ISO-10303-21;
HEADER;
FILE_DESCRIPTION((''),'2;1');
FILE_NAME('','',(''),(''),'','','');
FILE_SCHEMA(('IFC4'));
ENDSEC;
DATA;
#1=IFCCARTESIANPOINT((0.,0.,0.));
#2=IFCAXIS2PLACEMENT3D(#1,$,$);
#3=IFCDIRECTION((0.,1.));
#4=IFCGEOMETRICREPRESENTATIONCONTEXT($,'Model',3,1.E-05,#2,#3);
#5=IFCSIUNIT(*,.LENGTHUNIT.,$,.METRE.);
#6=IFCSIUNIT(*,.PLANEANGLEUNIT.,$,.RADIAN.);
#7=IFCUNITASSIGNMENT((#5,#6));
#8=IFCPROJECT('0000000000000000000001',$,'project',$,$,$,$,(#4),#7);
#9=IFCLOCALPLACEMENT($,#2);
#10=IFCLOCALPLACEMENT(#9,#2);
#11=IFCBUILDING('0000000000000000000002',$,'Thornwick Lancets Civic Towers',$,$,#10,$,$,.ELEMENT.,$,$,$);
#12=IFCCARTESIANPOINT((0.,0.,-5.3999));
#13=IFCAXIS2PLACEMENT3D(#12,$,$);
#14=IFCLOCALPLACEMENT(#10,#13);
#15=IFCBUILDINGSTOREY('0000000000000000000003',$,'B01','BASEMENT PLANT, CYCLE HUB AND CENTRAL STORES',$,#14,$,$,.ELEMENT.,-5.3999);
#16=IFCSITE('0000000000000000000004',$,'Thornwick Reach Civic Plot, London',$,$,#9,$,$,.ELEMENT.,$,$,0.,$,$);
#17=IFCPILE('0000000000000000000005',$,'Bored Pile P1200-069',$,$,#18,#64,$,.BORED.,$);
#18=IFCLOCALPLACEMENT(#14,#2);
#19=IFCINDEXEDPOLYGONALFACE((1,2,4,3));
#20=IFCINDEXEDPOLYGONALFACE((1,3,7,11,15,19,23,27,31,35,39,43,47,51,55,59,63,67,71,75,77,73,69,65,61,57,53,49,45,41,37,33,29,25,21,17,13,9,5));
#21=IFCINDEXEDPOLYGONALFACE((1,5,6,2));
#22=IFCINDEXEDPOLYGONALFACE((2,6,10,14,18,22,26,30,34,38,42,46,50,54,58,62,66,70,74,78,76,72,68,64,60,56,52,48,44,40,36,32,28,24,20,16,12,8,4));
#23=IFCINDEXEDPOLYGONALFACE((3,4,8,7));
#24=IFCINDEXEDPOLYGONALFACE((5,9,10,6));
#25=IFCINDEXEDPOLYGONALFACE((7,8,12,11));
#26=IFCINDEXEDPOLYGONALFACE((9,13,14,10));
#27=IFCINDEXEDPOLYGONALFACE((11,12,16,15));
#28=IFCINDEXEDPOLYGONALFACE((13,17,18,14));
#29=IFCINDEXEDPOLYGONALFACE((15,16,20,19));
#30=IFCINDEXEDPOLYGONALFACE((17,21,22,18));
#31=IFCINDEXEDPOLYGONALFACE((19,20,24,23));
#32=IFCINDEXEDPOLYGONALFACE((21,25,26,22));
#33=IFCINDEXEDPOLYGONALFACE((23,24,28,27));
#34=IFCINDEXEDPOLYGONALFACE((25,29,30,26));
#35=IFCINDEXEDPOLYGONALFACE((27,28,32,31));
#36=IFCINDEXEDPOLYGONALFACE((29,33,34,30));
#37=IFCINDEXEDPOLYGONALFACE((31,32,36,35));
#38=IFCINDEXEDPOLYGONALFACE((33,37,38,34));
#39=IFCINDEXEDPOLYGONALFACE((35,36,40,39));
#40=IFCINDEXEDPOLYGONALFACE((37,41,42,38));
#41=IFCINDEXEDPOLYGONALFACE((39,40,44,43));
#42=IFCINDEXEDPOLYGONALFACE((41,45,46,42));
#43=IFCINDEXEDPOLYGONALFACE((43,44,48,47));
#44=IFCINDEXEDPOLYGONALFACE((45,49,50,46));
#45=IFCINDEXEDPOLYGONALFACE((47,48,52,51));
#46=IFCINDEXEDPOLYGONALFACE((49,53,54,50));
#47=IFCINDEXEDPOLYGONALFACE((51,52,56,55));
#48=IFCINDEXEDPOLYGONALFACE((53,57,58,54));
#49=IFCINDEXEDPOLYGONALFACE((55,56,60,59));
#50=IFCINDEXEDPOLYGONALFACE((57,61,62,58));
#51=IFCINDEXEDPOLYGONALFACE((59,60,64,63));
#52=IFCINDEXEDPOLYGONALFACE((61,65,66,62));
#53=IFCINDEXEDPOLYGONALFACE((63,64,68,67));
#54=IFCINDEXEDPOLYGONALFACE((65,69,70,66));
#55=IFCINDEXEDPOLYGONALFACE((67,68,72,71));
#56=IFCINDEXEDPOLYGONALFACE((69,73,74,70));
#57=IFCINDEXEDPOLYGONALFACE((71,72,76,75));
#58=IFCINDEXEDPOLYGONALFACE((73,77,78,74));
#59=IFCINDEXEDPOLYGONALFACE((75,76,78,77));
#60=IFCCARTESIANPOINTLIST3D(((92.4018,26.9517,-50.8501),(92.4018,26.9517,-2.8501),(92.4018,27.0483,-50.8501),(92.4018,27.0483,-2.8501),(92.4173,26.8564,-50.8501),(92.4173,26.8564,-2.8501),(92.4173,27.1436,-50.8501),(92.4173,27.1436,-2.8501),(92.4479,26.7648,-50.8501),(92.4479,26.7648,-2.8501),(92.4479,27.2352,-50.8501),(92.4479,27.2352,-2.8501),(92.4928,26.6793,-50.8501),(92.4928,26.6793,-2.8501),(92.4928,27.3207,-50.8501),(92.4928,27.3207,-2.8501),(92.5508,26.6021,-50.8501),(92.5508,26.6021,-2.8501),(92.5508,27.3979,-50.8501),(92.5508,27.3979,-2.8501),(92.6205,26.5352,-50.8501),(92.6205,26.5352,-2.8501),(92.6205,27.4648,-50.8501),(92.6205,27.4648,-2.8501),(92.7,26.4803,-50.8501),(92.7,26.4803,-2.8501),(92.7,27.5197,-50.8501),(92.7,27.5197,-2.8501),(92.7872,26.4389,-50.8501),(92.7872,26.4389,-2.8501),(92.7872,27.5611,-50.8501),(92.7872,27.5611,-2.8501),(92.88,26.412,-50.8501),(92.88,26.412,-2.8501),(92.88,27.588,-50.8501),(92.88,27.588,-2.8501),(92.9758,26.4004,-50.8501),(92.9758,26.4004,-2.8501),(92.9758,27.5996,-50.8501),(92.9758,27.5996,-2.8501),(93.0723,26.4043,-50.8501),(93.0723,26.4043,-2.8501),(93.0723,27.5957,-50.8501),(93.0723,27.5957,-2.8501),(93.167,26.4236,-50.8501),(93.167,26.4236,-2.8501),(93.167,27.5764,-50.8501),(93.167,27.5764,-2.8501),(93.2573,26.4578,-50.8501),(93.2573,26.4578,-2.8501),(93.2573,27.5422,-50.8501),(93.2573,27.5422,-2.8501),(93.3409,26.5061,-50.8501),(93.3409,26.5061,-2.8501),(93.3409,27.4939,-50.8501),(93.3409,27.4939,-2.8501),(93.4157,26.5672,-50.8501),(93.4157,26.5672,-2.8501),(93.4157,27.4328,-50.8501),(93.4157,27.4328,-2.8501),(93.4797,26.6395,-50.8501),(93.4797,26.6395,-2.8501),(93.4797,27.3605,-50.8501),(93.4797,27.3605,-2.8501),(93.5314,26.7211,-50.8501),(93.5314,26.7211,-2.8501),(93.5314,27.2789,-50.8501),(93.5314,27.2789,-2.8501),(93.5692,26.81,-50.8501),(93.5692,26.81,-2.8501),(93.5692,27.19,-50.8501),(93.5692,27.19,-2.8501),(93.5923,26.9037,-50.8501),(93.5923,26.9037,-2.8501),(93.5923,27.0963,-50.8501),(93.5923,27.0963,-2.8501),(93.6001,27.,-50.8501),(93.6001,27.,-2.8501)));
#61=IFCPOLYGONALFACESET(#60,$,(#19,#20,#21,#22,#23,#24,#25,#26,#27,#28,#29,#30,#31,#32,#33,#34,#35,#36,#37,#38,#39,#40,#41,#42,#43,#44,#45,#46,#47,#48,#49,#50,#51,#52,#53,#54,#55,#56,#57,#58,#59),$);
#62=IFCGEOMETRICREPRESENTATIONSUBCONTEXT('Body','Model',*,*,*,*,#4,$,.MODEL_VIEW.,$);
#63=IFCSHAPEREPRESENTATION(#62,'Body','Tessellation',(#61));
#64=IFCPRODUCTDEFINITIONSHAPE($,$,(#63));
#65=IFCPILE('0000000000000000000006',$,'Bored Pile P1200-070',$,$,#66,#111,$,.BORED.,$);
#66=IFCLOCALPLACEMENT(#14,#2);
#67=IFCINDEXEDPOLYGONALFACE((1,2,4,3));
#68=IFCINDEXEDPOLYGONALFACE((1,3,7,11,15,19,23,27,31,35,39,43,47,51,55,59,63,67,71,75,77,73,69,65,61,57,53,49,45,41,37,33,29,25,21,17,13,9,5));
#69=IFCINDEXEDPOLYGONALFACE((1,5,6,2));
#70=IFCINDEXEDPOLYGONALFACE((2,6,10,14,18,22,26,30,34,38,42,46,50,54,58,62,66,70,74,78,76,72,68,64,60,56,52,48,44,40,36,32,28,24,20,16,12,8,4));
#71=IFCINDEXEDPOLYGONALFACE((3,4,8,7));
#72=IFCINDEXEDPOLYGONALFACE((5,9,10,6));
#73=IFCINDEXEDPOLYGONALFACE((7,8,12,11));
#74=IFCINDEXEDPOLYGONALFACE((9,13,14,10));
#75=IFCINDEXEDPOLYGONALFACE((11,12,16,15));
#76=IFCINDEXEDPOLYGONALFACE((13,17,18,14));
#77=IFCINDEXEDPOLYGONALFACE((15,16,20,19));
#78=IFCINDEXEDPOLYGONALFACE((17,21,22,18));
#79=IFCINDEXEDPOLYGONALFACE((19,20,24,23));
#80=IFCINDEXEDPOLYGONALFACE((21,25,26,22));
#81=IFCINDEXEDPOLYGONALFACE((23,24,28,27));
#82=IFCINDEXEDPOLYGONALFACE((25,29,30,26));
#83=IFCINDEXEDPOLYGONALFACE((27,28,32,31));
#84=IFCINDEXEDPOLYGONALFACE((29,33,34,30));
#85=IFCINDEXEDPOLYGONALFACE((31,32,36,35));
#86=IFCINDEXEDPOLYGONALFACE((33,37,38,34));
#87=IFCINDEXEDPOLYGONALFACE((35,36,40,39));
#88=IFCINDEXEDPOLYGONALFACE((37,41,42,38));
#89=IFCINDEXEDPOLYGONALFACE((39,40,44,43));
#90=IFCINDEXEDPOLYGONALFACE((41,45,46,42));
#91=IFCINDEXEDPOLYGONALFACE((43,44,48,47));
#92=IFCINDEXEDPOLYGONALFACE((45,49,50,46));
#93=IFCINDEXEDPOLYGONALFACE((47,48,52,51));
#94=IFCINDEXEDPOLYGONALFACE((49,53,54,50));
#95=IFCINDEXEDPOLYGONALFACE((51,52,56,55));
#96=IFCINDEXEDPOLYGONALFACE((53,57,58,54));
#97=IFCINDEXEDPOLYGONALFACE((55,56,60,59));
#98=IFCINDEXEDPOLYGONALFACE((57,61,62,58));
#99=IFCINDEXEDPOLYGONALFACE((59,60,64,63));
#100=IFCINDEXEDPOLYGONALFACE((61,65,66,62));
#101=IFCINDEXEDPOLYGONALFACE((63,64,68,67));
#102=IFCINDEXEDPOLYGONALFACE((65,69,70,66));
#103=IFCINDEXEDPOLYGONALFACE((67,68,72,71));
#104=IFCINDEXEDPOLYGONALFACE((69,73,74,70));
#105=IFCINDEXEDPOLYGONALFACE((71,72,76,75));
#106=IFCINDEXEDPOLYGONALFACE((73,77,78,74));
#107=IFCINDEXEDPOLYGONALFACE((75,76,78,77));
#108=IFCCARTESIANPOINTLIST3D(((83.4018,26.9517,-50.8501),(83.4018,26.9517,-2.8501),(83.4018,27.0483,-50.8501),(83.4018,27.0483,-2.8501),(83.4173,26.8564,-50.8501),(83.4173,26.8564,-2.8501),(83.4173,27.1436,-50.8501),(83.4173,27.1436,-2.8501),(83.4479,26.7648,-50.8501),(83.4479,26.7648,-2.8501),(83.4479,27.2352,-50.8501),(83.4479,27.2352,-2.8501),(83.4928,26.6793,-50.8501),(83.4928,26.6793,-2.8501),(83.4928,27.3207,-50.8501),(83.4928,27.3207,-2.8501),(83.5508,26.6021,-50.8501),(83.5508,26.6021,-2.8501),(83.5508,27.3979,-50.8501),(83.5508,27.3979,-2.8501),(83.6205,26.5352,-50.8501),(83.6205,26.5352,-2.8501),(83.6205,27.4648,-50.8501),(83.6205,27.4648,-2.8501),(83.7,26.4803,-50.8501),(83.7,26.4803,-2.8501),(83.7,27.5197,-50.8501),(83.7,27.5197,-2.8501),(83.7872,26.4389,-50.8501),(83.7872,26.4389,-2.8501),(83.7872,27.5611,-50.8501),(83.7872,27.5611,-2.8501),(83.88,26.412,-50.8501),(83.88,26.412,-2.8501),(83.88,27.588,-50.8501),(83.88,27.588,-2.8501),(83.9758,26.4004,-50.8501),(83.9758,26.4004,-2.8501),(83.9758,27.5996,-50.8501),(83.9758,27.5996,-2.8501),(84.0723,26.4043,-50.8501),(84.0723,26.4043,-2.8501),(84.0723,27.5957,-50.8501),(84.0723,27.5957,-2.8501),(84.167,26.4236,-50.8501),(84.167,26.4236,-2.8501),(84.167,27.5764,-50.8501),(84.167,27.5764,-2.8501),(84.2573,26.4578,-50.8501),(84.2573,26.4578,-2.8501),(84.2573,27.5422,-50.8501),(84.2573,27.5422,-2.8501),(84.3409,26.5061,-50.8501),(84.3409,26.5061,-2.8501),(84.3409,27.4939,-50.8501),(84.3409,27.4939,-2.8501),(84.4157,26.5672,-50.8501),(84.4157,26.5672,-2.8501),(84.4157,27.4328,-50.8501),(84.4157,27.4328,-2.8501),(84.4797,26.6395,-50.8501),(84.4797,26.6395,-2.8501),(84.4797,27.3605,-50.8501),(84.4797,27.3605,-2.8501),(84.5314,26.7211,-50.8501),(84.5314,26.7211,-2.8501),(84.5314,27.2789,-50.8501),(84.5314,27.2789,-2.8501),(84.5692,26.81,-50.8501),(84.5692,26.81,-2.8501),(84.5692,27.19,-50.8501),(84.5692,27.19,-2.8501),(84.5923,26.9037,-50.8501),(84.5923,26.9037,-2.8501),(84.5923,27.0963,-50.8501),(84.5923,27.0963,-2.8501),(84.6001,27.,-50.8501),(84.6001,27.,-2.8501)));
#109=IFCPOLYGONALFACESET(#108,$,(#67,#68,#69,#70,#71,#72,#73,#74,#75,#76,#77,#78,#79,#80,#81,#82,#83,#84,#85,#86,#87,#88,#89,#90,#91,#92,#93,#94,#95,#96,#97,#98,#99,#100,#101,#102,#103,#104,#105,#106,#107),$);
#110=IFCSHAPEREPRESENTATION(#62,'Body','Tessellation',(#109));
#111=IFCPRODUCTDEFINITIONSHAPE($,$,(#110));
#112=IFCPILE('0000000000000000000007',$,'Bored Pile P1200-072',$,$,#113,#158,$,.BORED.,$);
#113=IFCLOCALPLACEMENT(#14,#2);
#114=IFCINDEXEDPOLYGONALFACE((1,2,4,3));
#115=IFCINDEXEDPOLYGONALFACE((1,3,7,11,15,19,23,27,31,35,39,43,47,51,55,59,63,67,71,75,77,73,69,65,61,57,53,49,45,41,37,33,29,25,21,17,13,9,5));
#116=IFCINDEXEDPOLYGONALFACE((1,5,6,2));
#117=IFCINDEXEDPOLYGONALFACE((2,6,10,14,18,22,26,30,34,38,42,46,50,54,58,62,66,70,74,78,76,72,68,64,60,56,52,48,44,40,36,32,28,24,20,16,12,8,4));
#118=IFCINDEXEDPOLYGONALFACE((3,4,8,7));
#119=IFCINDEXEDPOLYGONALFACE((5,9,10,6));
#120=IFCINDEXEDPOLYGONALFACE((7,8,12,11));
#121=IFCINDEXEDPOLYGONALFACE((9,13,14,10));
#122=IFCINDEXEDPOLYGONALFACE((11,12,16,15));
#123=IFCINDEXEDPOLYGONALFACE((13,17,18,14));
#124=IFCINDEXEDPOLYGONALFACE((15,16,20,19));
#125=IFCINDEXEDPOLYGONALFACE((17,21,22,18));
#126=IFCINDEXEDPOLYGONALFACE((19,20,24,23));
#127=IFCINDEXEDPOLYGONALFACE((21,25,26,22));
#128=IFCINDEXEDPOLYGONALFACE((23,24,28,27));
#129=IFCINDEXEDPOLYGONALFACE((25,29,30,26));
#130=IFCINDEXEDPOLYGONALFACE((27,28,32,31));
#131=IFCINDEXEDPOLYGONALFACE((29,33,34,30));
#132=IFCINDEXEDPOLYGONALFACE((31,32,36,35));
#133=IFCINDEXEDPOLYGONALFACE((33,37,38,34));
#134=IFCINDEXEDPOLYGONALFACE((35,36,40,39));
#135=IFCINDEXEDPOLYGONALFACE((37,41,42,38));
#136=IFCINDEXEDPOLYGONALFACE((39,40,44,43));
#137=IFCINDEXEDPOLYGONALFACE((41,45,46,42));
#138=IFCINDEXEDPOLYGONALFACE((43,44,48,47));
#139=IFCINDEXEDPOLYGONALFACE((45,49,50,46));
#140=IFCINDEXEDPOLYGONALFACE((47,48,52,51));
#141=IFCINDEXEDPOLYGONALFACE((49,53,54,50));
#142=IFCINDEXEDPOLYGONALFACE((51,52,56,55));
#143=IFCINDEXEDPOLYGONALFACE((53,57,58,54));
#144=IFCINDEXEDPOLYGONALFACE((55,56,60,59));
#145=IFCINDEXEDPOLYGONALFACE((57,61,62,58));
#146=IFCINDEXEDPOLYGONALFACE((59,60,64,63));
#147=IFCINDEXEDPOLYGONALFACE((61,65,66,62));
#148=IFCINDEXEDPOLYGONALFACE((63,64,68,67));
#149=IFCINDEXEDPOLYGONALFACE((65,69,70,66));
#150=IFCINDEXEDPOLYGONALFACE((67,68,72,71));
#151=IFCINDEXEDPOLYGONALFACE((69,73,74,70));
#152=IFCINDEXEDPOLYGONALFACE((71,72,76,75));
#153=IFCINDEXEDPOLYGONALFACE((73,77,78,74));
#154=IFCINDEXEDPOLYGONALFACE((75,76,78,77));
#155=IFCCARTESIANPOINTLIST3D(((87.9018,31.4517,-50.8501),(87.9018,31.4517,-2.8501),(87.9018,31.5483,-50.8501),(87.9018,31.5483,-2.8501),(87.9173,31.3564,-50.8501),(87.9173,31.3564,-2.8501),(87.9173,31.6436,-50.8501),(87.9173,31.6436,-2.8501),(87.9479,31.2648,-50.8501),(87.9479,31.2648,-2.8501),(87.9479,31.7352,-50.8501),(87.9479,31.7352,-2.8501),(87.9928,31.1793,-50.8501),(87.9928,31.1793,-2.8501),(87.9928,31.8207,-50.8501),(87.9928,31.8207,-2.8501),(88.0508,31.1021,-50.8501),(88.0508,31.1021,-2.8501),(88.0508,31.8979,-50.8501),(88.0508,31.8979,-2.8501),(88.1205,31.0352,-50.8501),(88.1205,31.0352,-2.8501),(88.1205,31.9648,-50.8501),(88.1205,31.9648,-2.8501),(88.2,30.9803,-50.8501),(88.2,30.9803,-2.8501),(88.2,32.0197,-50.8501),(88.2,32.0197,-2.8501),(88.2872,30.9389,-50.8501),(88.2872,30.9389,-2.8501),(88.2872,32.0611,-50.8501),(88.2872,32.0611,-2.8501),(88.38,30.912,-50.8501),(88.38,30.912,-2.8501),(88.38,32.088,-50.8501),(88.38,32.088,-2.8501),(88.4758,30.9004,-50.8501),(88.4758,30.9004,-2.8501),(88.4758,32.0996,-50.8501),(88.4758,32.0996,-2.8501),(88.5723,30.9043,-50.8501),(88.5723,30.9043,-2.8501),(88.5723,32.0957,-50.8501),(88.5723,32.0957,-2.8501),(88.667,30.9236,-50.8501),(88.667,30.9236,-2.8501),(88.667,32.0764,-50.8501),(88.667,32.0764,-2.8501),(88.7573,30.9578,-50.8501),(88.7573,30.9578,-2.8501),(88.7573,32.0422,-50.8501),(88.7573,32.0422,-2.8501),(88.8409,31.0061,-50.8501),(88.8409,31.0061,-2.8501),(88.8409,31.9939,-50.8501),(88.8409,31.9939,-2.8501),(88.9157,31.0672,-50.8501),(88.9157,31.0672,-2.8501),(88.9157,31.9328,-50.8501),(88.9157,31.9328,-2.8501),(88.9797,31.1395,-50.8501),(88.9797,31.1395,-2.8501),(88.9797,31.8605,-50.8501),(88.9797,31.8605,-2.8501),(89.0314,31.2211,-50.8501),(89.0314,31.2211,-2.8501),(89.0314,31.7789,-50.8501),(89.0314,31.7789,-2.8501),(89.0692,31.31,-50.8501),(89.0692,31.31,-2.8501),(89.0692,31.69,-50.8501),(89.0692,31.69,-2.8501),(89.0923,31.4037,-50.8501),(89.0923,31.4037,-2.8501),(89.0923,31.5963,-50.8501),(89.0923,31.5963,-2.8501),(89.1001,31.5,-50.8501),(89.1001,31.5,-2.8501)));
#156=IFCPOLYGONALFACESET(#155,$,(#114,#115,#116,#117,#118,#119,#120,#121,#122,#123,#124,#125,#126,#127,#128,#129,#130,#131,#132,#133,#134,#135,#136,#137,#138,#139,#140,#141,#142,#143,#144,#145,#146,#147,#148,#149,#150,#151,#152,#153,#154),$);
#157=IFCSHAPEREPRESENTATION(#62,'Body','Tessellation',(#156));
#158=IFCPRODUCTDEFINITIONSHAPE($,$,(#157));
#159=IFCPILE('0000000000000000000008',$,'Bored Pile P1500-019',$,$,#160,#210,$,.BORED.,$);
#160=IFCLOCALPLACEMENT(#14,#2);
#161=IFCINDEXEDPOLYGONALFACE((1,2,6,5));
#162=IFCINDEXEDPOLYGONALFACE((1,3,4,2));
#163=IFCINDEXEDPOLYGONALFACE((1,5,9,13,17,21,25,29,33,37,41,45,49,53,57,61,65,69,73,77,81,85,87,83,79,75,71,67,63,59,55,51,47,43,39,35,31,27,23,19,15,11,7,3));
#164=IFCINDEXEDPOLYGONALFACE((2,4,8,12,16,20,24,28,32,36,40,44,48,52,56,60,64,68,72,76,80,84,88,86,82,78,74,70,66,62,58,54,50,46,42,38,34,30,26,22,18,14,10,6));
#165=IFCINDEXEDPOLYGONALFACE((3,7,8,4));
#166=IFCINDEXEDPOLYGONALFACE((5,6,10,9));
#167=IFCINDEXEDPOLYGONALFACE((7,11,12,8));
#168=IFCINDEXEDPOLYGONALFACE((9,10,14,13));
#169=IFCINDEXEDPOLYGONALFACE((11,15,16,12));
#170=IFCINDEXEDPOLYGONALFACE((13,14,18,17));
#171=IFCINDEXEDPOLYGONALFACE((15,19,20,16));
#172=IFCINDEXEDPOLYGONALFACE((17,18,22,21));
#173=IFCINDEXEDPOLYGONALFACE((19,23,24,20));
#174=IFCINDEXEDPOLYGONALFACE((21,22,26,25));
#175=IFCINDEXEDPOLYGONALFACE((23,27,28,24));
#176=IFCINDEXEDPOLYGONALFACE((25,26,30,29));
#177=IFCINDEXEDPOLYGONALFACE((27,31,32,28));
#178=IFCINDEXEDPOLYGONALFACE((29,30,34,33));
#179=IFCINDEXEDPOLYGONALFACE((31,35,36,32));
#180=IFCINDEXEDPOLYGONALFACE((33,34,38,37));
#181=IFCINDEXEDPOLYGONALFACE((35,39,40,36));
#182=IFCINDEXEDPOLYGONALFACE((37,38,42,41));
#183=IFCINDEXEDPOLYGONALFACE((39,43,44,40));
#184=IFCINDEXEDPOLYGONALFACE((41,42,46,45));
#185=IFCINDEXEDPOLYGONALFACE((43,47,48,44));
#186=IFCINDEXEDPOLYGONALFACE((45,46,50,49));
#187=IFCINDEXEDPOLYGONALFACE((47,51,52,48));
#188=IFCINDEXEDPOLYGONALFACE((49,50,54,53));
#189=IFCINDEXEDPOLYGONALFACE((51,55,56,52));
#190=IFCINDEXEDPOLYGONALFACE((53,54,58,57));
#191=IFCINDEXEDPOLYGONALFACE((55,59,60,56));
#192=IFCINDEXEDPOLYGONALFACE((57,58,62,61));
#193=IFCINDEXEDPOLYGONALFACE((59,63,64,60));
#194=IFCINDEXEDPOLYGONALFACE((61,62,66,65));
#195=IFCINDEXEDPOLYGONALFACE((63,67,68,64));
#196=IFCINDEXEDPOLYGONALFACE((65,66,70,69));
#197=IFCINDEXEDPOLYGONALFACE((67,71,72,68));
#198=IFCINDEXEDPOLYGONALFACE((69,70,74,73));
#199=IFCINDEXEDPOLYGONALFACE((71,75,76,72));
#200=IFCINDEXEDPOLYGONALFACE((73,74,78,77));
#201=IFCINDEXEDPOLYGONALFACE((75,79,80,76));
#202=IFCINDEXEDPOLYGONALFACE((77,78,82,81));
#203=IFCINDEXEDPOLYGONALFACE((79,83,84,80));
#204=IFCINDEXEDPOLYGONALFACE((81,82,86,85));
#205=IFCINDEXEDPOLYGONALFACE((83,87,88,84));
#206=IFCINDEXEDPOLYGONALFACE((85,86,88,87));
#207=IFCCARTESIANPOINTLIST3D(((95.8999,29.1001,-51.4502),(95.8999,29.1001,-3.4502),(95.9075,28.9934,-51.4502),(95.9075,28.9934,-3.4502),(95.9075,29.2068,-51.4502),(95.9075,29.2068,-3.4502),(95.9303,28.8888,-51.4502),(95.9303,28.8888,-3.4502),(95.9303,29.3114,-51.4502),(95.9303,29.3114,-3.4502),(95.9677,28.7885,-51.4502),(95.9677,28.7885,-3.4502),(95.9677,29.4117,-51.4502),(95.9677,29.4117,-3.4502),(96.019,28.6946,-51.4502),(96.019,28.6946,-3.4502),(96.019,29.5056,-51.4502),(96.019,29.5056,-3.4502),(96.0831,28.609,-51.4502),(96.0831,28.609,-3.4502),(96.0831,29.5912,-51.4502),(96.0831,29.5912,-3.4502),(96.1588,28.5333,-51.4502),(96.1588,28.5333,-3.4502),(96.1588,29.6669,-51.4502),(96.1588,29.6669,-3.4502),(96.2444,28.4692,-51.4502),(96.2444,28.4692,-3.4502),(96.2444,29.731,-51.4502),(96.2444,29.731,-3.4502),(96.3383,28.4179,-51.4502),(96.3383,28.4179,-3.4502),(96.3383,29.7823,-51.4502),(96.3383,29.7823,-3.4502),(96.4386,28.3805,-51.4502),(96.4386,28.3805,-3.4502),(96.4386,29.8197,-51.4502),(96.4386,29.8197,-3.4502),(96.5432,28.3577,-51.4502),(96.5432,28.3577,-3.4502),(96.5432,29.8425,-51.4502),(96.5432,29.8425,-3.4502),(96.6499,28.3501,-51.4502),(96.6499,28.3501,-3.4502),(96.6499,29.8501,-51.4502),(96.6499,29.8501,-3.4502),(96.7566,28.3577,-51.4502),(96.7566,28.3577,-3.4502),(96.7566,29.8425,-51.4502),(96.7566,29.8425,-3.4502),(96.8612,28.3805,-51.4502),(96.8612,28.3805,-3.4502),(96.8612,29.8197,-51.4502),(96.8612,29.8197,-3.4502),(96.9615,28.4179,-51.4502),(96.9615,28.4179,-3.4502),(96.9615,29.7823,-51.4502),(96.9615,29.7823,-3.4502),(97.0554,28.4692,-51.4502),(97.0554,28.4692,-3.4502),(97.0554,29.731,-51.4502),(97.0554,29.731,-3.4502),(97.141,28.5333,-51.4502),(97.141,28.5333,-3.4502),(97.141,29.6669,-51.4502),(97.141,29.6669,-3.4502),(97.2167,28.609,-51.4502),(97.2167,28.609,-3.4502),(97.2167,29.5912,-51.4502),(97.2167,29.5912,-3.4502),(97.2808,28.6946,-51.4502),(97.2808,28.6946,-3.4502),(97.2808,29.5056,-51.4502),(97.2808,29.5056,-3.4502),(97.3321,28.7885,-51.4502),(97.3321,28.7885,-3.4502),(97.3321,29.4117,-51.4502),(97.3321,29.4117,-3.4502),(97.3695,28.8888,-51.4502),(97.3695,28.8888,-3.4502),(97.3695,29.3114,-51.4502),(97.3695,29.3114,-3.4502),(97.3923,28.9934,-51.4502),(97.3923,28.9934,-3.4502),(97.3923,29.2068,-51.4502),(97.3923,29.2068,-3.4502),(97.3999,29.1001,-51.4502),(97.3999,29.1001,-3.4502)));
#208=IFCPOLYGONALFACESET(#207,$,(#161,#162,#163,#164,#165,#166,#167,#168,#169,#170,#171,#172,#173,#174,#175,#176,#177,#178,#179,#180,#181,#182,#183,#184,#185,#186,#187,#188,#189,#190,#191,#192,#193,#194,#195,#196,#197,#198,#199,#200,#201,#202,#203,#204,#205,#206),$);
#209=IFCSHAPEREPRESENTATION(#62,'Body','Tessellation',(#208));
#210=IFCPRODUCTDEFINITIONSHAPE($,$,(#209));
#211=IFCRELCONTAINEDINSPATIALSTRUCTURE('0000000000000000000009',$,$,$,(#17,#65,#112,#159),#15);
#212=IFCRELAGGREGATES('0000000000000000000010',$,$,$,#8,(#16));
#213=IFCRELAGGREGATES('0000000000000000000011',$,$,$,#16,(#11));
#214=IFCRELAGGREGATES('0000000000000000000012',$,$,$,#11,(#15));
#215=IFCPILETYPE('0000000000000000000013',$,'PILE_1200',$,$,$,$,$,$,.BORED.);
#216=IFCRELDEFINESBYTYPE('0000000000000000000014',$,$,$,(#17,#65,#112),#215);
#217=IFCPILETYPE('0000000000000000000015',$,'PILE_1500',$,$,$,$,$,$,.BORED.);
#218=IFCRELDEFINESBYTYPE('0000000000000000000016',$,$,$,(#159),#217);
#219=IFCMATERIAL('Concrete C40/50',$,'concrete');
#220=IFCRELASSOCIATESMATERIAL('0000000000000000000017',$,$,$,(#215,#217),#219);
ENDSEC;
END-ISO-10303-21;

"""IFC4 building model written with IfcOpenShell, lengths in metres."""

from ifc_helpers import new_model, si_unit, direction, frame, origin, origin_2d, place, context, subcontext, project, spatial, circle, extrude, material, material_profile, profile_set, type_object, element, save


model = new_model("IFC4")

# Units and contexts
model_context = context("Model", 3, precision=1e-05, world=origin(), true_north=direction((0.0, 1.0)))
body_context = subcontext(model_context, "Body", "Model", "MODEL_VIEW")
ifc_project = project(units=[si_unit("LENGTHUNIT", "METRE"), si_unit("PLANEANGLEUNIT", "RADIAN")], contexts=[model_context])

# Site, building, storey
site_placement = place(None, origin())
site = spatial("IfcSite", under=ifc_project, at=site_placement, Name="Thornwick Reach Civic Plot, London", CompositionType="ELEMENT", RefElevation=0.0)
building_placement = place(site_placement, origin())
building = spatial("IfcBuilding", under=site, at=building_placement, Name="Thornwick Lancets Civic Towers", CompositionType="ELEMENT")
storey_placement = place(building_placement, frame((0.0, 0.0, -5.3999)))
storey = spatial("IfcBuildingStorey", under=building, at=storey_placement, Name="B01", Description="BASEMENT PLANT, CYCLE HUB AND CENTRAL STORES", CompositionType="ELEMENT", Elevation=-5.3999)

# Shared definitions
ifc_material_1 = material(Name="Concrete C40/50", Category="concrete")

# Piles
ifc_material_profile_1 = material_profile(ifc_material_1, circle(Radius=0.6001, at=origin_2d()), Name="PILE D1200")
ifc_profile_set_1 = profile_set([ifc_material_profile_1], Name="Concrete C40/50")
pile_type_1 = type_object("IfcPileType", Name="PILE_1200", PredefinedType="BORED", material=ifc_profile_set_1)
for number, where, z_axis, x_axis, name in (
    (1, (93.0, 27.0, -2.8501), (0.0, 0.0, -1.0), (1.0, 0.0, 0.0), "Bored Pile P1200-069"),
    (2, (84.0, 27.0, -2.8501), (0.0, 0.0, -1.0), (1.0, 0.0, 0.0), "Bored Pile P1200-070"),
    (3, (88.5, 31.5, -2.8501), (0.0, 0.0, -1.0), (1.0, 0.0, 0.0), "Bored Pile P1200-072"),
):
    element("IfcPile", number, at=place(storey_placement, frame(where, z_axis=z_axis, x_axis=x_axis)), inside=storey, type_object=pile_type_1, Name=name, PredefinedType="BORED", context=body_context, shape_type="SweptSolid", body=[
        extrude(circle(Radius=0.6001, at=origin_2d()), origin(), (0.0, 0.0, 1.0), 48.0),
    ])
ifc_material_profile_2 = material_profile(ifc_material_1, circle(Radius=0.75, at=origin_2d()), Name="PILE D1500")
ifc_profile_set_2 = profile_set([ifc_material_profile_2], Name="Concrete C40/50")
pile_type_2 = type_object("IfcPileType", Name="PILE_1500", PredefinedType="BORED", material=ifc_profile_set_2)
for number, where, z_axis, x_axis, name in (
    (4, (96.6499, 29.1001, -3.4502), (0.0, 0.0, -1.0), (1.0, 0.0, 0.0), "Bored Pile P1500-019"),
):
    element("IfcPile", number, at=place(storey_placement, frame(where, z_axis=z_axis, x_axis=x_axis)), inside=storey, type_object=pile_type_2, Name=name, PredefinedType="BORED", context=body_context, shape_type="SweptSolid", body=[
        extrude(circle(Radius=0.75, at=origin_2d()), origin(), (0.0, 0.0, 1.0), 48.0),
    ])

save(model, "model.ifc")
